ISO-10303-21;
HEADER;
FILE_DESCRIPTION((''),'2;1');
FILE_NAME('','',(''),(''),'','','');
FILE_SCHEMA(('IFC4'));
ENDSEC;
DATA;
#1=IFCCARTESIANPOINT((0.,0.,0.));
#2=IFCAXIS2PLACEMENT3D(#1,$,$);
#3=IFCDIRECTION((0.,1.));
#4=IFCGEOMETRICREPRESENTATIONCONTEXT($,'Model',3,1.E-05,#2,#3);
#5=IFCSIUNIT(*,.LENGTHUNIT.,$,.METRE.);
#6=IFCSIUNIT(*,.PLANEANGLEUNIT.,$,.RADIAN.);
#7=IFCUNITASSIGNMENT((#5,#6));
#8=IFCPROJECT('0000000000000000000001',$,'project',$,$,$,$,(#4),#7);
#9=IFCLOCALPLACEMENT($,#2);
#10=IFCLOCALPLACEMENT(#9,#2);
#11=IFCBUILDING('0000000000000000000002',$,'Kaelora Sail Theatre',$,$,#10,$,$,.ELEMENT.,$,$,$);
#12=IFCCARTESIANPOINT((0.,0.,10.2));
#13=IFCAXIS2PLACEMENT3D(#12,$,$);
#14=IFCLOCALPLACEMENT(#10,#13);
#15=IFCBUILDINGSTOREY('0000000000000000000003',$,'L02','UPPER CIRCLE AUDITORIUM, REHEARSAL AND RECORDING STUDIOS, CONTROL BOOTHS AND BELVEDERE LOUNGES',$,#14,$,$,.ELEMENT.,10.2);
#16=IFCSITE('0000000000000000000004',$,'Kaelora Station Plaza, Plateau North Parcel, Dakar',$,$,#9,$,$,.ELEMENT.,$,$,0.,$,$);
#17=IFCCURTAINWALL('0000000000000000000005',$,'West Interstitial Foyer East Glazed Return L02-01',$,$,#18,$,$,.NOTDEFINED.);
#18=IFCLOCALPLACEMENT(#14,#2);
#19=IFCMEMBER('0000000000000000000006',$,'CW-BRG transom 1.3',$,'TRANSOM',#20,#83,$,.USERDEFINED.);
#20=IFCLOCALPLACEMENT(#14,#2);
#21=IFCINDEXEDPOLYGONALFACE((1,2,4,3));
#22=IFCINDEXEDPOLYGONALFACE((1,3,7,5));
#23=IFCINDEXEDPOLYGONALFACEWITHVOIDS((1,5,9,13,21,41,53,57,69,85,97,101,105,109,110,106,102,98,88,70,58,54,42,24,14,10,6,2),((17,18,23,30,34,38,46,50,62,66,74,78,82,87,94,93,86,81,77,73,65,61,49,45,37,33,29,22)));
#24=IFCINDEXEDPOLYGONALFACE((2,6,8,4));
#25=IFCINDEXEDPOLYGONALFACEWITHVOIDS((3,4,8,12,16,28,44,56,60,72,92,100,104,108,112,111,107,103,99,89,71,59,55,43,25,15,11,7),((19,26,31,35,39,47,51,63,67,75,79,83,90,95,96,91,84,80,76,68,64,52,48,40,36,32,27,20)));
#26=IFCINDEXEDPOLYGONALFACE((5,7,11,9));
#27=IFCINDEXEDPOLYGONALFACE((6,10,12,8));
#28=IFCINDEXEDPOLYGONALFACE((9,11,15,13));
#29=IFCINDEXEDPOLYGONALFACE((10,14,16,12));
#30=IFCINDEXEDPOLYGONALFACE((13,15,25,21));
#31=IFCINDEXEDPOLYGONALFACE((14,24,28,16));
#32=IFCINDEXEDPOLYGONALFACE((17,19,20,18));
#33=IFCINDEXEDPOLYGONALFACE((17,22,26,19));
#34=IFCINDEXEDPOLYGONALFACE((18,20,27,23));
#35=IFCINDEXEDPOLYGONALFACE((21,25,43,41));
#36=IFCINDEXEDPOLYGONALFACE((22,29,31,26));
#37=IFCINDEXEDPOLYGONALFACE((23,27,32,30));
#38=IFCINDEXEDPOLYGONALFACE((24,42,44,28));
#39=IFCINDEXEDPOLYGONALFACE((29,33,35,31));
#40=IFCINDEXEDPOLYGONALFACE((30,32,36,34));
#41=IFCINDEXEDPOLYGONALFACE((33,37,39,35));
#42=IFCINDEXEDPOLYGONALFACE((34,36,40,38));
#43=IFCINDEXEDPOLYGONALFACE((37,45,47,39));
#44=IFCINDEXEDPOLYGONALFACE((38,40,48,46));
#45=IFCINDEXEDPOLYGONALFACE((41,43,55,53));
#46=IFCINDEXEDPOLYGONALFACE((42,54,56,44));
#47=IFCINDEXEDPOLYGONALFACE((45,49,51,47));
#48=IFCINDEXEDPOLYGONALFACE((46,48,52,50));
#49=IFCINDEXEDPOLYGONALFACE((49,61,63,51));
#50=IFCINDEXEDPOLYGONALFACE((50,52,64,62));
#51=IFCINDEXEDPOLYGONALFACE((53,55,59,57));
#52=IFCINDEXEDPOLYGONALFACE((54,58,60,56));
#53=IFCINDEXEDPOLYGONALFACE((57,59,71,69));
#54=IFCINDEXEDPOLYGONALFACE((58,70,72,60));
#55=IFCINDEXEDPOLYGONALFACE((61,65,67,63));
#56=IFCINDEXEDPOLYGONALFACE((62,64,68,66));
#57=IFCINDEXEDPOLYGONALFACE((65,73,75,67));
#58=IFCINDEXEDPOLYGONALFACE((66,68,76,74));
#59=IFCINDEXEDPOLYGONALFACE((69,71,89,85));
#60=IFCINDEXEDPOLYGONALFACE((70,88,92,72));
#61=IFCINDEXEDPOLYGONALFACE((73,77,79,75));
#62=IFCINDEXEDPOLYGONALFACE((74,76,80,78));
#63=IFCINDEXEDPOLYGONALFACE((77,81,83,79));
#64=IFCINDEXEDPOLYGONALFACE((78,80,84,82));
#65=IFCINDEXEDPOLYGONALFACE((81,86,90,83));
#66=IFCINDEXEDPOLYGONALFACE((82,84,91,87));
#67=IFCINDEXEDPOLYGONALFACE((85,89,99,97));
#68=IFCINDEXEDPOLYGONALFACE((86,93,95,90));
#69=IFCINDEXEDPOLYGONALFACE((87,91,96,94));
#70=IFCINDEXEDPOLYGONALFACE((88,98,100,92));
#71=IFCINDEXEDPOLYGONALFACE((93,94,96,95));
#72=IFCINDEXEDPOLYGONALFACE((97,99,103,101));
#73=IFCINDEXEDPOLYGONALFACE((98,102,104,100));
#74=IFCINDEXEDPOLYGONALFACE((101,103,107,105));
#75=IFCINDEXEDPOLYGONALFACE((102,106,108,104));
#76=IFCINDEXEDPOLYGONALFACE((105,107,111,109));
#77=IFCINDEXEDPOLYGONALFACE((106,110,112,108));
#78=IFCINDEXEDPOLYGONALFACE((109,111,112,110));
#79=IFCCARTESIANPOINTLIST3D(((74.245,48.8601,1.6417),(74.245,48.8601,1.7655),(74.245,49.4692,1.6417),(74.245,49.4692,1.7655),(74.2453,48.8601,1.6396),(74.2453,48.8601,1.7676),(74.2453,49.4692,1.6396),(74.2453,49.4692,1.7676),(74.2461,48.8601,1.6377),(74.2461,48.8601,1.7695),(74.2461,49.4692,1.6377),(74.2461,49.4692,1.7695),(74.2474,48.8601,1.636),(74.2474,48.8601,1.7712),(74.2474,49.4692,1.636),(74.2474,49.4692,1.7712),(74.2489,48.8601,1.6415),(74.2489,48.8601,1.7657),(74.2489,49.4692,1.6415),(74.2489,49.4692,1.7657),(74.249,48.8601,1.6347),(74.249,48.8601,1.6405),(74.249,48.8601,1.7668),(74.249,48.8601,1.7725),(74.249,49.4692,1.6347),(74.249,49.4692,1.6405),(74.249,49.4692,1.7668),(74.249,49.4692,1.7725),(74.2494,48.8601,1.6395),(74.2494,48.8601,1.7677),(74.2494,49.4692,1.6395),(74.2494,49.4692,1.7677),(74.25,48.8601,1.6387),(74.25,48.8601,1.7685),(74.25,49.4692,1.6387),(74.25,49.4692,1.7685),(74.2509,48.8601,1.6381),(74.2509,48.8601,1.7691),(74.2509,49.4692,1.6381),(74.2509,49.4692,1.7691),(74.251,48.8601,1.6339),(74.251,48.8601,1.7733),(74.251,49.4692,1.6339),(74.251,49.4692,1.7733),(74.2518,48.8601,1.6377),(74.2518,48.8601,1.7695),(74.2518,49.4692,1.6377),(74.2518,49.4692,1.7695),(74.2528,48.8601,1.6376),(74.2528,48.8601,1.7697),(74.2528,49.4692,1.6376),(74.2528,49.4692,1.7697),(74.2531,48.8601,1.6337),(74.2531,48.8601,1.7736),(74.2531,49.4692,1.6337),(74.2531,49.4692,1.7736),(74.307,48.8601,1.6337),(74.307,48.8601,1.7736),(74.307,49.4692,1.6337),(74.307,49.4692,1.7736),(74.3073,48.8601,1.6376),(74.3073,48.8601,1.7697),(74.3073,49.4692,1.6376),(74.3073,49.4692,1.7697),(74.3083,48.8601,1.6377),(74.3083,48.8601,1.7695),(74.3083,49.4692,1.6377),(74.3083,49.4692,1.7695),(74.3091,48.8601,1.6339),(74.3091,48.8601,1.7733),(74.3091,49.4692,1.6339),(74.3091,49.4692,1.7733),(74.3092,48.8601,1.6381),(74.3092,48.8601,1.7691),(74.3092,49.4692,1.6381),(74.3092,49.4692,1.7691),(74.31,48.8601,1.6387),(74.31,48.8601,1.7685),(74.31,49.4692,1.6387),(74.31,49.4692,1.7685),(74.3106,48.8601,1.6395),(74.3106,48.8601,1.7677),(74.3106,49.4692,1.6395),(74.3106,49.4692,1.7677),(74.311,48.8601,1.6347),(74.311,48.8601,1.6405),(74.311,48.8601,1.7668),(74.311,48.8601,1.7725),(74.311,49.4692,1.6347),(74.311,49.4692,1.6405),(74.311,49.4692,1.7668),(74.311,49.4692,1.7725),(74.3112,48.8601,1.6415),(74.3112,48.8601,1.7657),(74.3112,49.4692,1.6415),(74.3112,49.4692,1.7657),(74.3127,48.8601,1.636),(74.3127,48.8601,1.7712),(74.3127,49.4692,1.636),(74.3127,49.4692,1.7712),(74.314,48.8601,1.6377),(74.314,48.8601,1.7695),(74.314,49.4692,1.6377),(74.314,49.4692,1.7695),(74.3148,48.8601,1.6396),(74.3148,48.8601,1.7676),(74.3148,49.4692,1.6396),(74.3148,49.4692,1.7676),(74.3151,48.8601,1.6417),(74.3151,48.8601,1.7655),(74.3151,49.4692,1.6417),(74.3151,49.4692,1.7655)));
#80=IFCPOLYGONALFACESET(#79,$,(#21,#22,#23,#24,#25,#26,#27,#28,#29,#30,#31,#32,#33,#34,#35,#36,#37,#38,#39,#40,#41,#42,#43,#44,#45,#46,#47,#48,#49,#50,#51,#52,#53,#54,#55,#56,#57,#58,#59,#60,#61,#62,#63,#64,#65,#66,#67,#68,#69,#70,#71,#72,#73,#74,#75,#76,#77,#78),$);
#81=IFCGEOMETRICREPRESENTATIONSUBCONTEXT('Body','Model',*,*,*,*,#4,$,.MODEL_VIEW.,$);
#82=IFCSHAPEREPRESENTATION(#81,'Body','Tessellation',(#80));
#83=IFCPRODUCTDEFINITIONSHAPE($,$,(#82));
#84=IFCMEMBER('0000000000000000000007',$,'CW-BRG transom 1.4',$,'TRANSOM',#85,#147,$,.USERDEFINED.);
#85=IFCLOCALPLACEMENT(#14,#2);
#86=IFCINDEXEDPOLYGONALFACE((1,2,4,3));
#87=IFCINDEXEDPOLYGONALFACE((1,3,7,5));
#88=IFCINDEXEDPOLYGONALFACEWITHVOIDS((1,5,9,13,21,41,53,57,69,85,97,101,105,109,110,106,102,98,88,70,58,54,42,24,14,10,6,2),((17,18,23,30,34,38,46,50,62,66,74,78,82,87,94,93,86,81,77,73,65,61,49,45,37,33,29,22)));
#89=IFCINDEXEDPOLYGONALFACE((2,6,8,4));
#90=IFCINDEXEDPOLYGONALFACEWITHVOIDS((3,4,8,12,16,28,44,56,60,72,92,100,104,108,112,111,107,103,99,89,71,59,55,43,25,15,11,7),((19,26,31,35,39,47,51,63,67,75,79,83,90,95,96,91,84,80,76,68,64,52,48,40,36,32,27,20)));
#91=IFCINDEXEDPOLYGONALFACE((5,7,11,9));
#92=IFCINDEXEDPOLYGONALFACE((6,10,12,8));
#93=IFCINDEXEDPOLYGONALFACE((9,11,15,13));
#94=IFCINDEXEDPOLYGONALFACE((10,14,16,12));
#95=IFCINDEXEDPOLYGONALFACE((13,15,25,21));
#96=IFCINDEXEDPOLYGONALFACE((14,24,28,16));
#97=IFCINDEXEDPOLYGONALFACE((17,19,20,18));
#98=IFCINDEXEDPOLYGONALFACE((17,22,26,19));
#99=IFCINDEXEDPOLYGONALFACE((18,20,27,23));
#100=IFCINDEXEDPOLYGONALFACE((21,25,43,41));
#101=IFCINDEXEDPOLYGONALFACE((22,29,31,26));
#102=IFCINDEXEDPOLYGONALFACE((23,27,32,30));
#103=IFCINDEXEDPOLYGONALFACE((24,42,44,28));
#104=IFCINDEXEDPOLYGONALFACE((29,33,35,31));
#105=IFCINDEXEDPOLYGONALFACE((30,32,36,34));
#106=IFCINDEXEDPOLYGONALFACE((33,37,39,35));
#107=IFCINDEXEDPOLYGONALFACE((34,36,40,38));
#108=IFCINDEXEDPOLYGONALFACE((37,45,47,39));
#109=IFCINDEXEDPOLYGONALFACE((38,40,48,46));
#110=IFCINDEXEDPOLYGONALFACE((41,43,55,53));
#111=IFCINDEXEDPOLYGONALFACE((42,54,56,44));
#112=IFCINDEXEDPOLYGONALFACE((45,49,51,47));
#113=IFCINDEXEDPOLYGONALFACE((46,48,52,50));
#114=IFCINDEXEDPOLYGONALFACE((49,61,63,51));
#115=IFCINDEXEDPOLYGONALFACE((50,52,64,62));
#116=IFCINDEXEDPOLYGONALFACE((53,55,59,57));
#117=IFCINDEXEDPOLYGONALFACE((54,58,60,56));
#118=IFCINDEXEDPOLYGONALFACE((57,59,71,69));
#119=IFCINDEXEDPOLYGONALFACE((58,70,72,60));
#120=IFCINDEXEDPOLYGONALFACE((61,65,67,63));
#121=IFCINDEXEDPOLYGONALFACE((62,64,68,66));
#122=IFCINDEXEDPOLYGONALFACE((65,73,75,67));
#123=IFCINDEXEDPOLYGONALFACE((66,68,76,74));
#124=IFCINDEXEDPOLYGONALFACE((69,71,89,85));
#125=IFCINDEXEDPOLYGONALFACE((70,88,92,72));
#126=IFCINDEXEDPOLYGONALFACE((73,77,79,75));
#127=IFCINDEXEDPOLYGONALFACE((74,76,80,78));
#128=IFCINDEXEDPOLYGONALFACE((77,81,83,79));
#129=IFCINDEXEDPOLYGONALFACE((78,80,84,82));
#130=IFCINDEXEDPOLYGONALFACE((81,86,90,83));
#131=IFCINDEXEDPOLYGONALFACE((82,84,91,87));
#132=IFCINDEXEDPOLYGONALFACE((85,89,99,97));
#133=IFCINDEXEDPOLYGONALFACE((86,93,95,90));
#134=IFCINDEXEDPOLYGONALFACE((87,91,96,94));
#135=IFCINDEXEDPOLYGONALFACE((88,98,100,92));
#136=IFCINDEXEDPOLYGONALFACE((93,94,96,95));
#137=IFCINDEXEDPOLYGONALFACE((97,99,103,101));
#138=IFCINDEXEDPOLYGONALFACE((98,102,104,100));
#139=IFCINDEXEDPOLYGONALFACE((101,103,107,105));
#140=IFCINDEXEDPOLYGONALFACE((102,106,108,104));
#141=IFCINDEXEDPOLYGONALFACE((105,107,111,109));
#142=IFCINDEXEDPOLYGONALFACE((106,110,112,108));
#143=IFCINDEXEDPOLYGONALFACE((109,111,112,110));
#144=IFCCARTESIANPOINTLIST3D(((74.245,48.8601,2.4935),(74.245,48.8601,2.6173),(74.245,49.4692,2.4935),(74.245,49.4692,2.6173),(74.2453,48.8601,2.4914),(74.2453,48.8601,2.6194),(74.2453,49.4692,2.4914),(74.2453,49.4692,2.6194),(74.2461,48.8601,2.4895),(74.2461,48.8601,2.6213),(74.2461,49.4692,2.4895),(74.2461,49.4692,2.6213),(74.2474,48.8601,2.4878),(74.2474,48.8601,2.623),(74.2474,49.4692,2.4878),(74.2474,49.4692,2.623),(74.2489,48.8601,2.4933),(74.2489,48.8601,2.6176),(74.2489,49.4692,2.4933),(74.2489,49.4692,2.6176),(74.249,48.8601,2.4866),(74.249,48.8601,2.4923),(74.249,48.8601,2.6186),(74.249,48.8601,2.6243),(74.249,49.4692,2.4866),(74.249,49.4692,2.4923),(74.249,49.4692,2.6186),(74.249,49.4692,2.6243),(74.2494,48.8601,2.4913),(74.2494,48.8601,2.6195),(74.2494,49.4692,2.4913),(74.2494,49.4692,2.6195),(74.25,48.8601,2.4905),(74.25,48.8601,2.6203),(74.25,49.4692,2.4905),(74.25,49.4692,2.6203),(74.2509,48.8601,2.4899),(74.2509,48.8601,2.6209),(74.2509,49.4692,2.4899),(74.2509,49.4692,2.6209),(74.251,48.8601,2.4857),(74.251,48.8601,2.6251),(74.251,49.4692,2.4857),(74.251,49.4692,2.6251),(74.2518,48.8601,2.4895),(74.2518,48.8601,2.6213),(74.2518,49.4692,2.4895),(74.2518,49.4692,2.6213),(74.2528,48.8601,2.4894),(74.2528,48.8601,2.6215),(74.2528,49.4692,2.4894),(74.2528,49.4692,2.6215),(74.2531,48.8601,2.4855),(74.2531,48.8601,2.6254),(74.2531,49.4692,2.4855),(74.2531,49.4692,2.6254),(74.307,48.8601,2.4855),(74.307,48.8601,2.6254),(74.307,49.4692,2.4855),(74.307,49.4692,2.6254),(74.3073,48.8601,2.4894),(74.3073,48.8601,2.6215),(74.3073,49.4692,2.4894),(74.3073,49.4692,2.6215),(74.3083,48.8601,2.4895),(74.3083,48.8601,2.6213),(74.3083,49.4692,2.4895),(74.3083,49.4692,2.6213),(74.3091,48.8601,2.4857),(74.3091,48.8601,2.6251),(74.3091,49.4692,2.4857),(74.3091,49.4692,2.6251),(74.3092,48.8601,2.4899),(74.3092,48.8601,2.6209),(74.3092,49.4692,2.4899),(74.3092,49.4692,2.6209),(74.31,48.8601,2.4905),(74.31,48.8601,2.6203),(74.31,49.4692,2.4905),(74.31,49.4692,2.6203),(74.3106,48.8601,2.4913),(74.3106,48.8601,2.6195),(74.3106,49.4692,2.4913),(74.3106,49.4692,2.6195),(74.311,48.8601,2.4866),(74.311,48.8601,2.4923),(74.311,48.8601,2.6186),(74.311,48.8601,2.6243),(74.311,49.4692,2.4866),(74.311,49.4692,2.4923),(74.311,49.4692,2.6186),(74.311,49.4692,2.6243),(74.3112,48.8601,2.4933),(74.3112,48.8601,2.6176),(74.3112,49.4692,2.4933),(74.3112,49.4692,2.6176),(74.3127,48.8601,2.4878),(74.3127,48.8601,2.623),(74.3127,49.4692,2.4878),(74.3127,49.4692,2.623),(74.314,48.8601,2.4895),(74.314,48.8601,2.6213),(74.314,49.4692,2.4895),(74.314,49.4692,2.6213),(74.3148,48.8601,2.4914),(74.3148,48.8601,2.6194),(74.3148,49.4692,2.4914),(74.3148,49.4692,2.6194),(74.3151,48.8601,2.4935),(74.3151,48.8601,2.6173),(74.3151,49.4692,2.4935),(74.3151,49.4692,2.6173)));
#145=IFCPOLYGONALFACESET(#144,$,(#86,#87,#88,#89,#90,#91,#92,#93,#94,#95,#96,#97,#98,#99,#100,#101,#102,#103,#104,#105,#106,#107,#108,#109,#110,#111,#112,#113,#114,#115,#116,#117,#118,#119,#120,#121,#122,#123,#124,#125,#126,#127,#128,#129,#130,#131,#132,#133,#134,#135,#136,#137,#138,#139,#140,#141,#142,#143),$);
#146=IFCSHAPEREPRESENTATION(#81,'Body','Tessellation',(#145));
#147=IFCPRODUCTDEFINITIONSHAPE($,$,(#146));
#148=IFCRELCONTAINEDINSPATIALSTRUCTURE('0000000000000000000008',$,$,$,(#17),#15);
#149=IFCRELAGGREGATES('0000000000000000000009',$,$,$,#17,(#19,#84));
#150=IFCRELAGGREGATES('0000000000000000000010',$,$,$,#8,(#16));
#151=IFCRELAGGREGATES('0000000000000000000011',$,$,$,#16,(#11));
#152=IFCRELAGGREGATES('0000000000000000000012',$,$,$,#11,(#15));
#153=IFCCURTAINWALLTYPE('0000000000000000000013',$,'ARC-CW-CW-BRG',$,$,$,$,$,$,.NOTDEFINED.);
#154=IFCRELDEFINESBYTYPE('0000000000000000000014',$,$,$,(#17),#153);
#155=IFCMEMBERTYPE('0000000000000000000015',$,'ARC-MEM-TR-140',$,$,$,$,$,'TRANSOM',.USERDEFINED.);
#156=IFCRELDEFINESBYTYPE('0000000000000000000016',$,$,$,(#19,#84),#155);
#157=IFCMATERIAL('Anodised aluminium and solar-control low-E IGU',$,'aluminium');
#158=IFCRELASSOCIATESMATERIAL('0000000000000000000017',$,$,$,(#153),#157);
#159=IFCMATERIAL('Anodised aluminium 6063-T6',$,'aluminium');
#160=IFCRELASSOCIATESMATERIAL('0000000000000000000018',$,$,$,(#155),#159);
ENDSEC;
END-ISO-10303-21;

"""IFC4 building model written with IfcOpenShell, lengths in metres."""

from ifc_helpers import new_model, si_unit, direction, frame, origin, origin_2d, place, context, subcontext, project, spatial, hollow_rectangle, extrude, material, material_profile, profile_set, type_object, element, aggregate, save


model = new_model("IFC4")

# Units and contexts
model_context = context("Model", 3, precision=1e-05, world=origin(), true_north=direction((0.0, 1.0)))
body_context = subcontext(model_context, "Body", "Model", "MODEL_VIEW")
ifc_project = project(units=[si_unit("LENGTHUNIT", "METRE"), si_unit("PLANEANGLEUNIT", "RADIAN")], contexts=[model_context])

# Site, building, storey
site_placement = place(None, origin())
site = spatial("IfcSite", under=ifc_project, at=site_placement, Name="Kaelora Station Plaza, Plateau North Parcel, Dakar", CompositionType="ELEMENT", RefElevation=0.0)
building_placement = place(site_placement, origin())
building = spatial("IfcBuilding", under=site, at=building_placement, Name="Kaelora Sail Theatre", CompositionType="ELEMENT")
storey_placement = place(building_placement, frame((0.0, 0.0, 10.2)))
storey = spatial("IfcBuildingStorey", under=building, at=storey_placement, Name="L02", Description="UPPER CIRCLE AUDITORIUM, REHEARSAL AND RECORDING STUDIOS, CONTROL BOOTHS AND BELVEDERE LOUNGES", CompositionType="ELEMENT", Elevation=10.2)

# Shared definitions
ifc_material_1 = material(Name="Anodised aluminium and solar-control low-E IGU", Category="aluminium")
curtain_wall_type = type_object("IfcCurtainWallType", Name="ARC-CW-CW-BRG", PredefinedType="NOTDEFINED", material=ifc_material_1)

# Curtain wall
curtain_wall_1_placement = place(storey_placement, origin())
curtain_wall_1 = element("IfcCurtainWall", 1, at=curtain_wall_1_placement, inside=storey, type_object=curtain_wall_type, Name="West Interstitial Foyer East Glazed Return L02-01", PredefinedType="NOTDEFINED")

# Members
ifc_material_2 = material(Name="Anodised aluminium 6063-T6", Category="aluminium")
ifc_material_profile_1 = material_profile(ifc_material_2, hollow_rectangle(XDim=0.0701, YDim=0.1399, WallThickness=0.0039, InnerFilletRadius=0.0039, OuterFilletRadius=0.0081, at=origin_2d()), Name="ALU-TRAN 70x140x4")
ifc_profile_set_1 = profile_set([ifc_material_profile_1], Name="Anodised aluminium 6063-T6")
member_type_1 = type_object("IfcMemberType", Name="ARC-MEM-TR-140", ElementType="TRANSOM", PredefinedType="USERDEFINED", material=ifc_profile_set_1)
member_1_placement = place(storey_placement, frame((74.28, 48.8601, 1.7036), z_axis=(0.0, 1.0, 0.0), x_axis=(-1.0, 0.0, 0.0)))
member_1 = element("IfcMember", 2, at=member_1_placement, type_object=member_type_1, Name="CW-BRG transom 1.3", ObjectType="TRANSOM", PredefinedType="USERDEFINED", context=body_context, shape_type="SweptSolid", body=[
    extrude(hollow_rectangle(XDim=0.0701, YDim=0.1399, WallThickness=0.0039, InnerFilletRadius=0.0039, OuterFilletRadius=0.0081, at=origin_2d()), origin(), (0.0, 0.0, 1.0), 0.6091),
])
member_2_placement = place(storey_placement, frame((74.28, 48.8601, 2.5554), z_axis=(0.0, 1.0, 0.0), x_axis=(-1.0, 0.0, 0.0)))
member_2 = element("IfcMember", 3, at=member_2_placement, type_object=member_type_1, Name="CW-BRG transom 1.4", ObjectType="TRANSOM", PredefinedType="USERDEFINED", context=body_context, shape_type="SweptSolid", body=[
    extrude(hollow_rectangle(XDim=0.0701, YDim=0.1399, WallThickness=0.0039, InnerFilletRadius=0.0039, OuterFilletRadius=0.0081, at=origin_2d()), origin(), (0.0, 0.0, 1.0), 0.6091),
])

aggregate(curtain_wall_1, [member_1, member_2])

save(model, "model.ifc")
